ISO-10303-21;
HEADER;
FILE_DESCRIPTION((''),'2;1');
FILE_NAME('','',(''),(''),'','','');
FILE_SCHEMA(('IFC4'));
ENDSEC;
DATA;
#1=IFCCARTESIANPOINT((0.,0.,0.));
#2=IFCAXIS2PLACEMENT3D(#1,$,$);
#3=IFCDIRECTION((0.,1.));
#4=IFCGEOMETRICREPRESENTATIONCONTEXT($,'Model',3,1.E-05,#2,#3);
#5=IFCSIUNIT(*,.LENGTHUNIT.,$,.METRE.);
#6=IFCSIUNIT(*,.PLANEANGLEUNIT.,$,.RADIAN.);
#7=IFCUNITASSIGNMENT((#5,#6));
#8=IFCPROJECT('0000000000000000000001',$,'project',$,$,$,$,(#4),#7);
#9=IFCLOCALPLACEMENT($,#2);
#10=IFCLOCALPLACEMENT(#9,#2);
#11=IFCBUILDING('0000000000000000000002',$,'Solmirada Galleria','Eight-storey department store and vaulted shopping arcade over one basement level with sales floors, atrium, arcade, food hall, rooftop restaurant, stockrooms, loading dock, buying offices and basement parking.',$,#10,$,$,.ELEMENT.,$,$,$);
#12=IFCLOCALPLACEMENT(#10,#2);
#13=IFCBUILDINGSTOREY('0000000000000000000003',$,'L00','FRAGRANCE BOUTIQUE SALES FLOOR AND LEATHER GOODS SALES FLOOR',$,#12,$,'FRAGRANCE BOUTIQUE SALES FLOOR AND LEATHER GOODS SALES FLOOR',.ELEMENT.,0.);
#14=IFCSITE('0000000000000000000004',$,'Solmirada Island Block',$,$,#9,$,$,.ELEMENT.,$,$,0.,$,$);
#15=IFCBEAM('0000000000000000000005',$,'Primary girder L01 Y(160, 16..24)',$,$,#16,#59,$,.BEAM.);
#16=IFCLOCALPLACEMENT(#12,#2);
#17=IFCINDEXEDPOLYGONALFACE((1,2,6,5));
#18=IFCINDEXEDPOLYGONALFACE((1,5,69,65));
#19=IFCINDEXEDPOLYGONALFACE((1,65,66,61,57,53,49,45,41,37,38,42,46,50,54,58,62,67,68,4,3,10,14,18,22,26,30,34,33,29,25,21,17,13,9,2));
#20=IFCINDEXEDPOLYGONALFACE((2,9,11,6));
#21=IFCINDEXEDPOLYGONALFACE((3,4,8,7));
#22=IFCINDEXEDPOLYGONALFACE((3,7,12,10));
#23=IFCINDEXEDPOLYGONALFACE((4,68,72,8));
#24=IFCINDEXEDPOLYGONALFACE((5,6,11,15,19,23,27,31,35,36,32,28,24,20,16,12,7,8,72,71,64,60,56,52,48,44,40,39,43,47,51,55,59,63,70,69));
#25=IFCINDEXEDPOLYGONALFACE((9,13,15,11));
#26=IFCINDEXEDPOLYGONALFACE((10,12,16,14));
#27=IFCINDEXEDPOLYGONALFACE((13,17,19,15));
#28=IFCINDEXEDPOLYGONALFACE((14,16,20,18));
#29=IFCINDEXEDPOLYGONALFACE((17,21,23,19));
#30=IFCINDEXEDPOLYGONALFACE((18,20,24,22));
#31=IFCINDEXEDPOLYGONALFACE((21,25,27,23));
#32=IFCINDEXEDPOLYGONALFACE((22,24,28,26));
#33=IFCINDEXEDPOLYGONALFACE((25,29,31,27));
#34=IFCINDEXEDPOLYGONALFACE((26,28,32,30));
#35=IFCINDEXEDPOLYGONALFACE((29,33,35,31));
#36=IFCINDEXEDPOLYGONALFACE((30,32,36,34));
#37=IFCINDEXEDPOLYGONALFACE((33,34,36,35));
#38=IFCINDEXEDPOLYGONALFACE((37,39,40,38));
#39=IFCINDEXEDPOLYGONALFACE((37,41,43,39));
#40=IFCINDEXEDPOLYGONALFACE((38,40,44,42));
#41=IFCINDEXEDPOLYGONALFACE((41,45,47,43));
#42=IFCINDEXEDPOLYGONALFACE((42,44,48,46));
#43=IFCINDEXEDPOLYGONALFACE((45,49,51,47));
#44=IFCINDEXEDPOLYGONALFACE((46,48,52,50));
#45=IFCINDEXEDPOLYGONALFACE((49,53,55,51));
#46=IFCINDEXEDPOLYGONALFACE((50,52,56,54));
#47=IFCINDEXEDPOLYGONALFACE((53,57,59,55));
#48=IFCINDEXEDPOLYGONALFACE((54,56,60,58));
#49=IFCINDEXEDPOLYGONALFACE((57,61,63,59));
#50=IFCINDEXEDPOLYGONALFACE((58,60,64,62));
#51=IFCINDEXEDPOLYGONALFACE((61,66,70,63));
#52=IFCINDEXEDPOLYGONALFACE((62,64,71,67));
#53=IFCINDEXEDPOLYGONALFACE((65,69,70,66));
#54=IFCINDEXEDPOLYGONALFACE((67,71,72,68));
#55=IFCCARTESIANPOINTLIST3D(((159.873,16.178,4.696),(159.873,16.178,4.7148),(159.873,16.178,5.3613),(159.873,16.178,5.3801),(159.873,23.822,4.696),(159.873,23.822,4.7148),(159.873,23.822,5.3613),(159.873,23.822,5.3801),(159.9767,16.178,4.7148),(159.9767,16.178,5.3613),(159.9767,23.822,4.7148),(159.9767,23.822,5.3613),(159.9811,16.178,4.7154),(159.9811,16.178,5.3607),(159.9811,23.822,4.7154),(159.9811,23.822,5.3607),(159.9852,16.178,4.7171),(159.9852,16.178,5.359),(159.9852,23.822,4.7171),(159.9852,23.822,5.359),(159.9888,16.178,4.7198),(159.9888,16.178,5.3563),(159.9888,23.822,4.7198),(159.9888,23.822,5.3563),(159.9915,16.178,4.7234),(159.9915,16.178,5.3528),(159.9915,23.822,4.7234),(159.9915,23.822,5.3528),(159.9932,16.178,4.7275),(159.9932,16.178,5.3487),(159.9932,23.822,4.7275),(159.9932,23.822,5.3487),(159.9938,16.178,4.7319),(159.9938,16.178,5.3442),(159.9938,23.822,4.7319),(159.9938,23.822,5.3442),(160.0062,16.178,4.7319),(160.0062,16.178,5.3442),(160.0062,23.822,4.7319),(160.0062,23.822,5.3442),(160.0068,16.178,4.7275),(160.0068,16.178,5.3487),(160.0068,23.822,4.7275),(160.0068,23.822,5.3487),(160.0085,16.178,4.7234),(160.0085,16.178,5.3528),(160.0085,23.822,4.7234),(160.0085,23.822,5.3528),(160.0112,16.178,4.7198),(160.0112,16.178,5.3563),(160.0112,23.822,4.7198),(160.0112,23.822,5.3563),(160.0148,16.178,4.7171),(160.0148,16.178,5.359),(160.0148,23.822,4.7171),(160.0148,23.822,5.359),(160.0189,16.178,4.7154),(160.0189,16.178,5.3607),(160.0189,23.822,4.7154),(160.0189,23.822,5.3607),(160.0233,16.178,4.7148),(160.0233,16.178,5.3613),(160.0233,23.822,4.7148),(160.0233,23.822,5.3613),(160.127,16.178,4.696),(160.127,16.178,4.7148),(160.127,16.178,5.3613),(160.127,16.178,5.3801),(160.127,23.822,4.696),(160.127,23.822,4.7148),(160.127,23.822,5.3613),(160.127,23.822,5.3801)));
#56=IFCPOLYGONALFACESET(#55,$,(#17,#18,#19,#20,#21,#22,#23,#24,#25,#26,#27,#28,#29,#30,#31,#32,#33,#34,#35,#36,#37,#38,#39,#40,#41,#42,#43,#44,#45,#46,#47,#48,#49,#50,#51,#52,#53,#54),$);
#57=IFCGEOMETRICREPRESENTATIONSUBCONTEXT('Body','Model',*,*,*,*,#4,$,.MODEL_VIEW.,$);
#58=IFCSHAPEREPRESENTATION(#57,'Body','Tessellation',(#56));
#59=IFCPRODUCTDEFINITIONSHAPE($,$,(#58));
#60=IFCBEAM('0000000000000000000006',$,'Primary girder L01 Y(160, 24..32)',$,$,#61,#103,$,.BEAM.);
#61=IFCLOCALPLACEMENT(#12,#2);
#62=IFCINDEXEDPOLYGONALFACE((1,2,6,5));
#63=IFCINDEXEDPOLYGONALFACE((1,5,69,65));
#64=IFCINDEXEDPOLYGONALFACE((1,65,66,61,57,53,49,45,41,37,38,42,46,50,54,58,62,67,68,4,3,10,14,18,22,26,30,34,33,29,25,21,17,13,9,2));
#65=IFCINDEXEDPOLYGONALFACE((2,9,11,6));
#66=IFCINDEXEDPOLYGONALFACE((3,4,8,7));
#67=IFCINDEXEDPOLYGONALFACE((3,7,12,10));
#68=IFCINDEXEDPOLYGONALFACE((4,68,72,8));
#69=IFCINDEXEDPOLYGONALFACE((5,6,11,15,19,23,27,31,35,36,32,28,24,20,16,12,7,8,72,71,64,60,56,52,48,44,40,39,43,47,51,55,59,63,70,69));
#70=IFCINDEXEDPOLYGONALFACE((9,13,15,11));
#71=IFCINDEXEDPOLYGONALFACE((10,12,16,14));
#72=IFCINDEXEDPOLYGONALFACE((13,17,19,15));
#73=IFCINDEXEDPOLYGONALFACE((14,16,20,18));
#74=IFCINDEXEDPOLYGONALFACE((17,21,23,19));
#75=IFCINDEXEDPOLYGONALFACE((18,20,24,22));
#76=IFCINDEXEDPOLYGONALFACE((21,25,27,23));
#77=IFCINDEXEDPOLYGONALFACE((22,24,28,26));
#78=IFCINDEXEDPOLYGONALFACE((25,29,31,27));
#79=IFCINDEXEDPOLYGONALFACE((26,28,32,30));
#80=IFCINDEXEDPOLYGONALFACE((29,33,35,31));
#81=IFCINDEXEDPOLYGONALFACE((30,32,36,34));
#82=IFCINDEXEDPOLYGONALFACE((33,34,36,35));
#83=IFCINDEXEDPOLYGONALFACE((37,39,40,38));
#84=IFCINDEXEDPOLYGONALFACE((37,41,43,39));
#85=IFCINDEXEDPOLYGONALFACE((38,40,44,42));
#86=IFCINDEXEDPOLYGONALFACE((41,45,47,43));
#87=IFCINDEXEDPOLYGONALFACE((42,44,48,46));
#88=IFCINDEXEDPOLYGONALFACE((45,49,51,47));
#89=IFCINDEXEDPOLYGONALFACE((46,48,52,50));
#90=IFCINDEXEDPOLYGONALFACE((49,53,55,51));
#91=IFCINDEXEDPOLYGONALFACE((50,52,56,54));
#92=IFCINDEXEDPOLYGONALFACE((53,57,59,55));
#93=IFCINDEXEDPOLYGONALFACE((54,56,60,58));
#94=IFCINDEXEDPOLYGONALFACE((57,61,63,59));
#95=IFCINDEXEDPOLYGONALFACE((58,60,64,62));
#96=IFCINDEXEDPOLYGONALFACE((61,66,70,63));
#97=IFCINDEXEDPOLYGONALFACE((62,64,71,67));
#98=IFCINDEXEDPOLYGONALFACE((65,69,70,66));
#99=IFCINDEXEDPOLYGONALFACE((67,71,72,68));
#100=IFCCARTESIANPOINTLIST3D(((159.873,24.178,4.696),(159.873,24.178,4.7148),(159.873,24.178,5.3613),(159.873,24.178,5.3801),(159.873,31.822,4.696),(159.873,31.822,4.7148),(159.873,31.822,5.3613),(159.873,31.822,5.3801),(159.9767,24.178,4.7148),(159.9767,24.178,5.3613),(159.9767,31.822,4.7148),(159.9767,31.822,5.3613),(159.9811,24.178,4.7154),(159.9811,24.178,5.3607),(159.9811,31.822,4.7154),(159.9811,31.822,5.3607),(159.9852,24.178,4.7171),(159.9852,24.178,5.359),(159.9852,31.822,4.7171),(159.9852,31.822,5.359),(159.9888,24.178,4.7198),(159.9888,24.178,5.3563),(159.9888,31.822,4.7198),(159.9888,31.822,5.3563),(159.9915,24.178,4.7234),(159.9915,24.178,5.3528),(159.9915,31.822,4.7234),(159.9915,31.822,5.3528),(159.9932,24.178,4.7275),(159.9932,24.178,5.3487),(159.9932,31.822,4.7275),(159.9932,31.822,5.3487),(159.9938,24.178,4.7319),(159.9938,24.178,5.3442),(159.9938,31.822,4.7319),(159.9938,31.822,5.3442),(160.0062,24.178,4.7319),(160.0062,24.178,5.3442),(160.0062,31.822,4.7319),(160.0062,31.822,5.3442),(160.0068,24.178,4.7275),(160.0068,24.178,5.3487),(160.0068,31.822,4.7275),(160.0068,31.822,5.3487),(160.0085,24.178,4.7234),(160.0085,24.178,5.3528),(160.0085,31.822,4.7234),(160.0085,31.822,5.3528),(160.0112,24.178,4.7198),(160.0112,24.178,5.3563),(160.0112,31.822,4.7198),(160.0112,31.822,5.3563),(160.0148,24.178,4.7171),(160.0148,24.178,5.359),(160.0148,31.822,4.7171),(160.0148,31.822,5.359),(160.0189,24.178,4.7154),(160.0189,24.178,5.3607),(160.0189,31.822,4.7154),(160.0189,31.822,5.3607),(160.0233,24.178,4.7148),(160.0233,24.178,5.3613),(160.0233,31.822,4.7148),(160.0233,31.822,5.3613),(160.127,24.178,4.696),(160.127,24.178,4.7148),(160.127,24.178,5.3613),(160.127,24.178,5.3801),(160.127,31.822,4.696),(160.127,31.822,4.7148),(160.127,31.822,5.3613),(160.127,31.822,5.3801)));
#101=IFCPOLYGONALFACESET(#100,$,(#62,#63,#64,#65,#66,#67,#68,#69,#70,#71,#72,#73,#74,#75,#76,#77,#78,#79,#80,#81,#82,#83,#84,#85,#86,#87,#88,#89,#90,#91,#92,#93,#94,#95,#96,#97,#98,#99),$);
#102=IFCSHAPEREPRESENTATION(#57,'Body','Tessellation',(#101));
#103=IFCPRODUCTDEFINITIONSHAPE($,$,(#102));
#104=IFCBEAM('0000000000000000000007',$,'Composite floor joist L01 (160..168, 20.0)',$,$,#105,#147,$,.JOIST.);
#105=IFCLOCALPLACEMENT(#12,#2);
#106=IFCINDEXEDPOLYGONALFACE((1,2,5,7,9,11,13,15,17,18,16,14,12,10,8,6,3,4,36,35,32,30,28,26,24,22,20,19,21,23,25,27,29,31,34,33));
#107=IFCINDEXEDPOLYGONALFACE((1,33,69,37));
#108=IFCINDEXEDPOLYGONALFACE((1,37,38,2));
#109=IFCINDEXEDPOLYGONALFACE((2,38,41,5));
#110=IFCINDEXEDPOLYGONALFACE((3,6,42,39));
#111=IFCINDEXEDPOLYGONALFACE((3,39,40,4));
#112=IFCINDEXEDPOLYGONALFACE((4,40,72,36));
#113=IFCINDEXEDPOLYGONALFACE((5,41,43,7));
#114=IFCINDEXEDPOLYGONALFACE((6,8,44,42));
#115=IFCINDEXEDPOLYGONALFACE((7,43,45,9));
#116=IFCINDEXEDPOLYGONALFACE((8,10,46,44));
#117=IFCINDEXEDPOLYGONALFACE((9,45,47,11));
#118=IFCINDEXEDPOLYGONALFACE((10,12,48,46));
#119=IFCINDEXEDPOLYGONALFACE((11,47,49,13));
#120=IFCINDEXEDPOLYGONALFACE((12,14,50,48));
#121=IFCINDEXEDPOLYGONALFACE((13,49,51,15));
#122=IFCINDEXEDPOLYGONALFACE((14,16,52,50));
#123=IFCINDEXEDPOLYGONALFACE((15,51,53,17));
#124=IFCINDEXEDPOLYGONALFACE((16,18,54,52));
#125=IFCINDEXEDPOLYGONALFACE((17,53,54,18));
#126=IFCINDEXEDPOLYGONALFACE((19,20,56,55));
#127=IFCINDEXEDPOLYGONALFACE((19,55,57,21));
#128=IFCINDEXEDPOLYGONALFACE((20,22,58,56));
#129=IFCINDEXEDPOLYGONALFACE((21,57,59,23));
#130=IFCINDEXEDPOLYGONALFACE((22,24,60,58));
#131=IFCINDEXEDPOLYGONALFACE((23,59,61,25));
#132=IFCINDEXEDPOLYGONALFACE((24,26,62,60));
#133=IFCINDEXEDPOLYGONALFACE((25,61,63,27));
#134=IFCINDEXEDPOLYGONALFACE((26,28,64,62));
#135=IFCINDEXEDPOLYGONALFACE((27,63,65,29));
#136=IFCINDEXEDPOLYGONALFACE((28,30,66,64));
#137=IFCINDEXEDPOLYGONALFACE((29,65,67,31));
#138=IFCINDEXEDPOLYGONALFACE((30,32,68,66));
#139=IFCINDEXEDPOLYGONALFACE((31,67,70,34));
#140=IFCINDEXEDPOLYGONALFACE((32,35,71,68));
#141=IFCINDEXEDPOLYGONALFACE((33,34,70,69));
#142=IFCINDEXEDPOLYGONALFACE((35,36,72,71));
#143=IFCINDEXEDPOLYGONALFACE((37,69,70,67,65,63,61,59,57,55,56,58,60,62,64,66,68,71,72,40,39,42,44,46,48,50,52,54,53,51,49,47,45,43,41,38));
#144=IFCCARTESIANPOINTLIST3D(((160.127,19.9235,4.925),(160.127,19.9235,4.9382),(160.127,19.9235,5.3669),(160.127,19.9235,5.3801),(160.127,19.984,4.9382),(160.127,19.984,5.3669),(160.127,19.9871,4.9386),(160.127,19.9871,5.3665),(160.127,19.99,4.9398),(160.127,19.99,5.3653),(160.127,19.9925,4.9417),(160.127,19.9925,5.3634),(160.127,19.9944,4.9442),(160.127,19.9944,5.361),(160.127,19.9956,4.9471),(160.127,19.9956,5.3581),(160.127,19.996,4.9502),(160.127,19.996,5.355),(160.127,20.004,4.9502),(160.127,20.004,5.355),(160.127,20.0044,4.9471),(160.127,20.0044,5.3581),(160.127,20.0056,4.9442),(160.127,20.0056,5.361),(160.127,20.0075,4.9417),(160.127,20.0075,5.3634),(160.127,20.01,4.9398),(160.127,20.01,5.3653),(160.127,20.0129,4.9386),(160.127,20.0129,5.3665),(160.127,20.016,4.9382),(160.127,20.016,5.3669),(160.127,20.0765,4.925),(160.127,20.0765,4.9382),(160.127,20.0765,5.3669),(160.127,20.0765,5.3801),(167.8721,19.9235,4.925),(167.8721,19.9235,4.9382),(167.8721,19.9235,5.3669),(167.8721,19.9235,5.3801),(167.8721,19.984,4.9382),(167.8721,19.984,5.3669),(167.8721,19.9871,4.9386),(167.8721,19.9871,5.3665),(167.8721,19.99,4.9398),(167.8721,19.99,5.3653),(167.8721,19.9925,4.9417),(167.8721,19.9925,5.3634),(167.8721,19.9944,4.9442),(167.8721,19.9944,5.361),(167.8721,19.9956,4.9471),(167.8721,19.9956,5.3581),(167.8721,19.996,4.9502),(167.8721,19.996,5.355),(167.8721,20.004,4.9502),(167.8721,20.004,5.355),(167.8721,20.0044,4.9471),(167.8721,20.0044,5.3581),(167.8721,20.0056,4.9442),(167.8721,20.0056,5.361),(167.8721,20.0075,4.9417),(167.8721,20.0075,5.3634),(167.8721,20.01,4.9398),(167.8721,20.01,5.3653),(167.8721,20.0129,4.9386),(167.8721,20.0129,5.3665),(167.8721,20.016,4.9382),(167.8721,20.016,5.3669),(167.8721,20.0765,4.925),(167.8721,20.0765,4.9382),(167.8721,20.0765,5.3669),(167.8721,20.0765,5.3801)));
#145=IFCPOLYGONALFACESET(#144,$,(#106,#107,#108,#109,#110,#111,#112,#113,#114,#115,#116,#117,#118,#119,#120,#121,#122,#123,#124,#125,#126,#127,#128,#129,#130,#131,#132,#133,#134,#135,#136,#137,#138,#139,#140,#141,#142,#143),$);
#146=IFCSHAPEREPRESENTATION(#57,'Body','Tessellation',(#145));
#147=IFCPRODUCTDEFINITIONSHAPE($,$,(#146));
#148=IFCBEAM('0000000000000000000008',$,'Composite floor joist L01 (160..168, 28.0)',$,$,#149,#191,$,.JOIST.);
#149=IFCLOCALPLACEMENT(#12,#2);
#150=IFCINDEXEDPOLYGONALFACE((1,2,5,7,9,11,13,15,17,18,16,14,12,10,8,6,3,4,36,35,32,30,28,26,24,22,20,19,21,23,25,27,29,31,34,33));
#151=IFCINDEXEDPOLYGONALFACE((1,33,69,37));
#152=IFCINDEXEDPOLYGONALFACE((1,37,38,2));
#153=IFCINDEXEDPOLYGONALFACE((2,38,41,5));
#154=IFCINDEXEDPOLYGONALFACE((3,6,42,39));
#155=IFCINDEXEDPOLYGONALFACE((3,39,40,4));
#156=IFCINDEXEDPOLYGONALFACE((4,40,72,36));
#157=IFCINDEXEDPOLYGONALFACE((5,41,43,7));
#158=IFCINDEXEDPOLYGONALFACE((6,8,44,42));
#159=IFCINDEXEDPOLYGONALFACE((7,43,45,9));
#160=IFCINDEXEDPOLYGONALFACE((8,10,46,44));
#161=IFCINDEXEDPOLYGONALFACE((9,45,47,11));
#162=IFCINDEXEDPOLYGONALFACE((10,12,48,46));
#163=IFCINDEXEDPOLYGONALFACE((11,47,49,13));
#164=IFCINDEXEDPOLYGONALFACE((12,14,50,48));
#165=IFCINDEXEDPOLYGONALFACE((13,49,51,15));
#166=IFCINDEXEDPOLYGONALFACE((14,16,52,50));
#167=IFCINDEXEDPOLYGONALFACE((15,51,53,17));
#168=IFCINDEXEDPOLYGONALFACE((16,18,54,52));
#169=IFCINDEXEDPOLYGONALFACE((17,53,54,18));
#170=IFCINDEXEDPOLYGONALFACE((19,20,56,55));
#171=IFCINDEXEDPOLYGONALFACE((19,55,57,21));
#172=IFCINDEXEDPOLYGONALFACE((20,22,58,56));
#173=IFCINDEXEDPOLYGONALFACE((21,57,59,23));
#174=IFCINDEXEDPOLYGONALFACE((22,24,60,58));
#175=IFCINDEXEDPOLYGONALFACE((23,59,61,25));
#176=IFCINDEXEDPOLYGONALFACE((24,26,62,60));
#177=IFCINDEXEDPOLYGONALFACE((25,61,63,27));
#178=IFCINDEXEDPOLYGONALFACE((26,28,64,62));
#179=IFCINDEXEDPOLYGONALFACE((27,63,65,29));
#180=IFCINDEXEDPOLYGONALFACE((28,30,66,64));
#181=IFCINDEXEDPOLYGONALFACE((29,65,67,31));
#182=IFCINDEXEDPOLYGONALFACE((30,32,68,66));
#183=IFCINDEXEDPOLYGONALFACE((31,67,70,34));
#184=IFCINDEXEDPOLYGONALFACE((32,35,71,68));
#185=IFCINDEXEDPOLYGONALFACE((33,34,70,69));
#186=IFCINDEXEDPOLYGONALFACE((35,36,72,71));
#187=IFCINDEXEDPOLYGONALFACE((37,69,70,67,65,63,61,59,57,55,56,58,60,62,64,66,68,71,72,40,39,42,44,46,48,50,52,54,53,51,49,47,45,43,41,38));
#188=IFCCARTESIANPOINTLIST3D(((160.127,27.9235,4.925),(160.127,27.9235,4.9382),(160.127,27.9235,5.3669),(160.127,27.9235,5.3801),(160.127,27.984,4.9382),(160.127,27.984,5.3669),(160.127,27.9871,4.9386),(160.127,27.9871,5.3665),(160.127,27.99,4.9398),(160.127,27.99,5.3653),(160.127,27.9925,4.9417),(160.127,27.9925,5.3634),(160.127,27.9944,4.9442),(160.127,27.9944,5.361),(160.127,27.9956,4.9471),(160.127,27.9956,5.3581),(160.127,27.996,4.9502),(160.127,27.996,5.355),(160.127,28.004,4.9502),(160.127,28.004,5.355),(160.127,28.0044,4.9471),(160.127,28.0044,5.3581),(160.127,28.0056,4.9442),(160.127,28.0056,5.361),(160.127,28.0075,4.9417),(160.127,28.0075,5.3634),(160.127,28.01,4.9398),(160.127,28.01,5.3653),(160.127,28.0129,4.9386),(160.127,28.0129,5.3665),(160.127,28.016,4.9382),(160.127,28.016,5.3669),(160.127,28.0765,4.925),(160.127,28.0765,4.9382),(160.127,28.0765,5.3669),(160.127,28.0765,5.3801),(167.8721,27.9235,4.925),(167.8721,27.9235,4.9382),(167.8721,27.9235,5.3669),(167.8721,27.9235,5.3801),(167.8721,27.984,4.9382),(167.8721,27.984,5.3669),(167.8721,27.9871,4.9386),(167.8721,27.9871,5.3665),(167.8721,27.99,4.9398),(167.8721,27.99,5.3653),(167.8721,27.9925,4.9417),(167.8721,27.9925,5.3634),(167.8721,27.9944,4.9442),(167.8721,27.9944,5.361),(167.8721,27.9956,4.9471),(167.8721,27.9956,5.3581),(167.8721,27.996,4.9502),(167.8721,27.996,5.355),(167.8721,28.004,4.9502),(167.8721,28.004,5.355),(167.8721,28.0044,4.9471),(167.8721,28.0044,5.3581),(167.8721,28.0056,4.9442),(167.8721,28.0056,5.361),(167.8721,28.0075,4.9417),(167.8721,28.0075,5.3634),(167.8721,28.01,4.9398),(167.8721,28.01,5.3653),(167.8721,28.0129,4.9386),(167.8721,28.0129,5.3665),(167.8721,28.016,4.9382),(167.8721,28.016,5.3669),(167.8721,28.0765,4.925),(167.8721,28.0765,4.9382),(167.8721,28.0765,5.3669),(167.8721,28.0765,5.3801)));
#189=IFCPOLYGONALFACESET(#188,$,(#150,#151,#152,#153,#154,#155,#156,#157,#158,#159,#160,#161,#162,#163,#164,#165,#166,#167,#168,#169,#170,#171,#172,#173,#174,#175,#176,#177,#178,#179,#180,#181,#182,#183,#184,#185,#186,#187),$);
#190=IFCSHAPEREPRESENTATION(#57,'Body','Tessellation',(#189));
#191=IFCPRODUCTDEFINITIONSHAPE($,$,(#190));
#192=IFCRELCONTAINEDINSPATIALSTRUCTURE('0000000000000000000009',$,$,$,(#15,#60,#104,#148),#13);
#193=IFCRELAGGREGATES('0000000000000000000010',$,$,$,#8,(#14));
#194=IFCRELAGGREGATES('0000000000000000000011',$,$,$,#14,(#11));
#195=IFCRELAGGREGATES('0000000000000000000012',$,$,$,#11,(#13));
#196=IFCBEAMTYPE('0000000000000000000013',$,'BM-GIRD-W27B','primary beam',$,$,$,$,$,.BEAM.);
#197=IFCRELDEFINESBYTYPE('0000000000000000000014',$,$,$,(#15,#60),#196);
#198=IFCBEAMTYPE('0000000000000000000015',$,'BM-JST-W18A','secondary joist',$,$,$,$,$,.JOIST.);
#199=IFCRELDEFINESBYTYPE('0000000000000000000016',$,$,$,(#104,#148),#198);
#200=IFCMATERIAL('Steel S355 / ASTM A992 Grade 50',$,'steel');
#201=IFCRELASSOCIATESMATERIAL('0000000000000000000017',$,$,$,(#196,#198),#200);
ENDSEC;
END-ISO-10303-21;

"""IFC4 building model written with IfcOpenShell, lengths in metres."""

from ifc_helpers import new_model, si_unit, direction, frame, origin, origin_2d, place, context, subcontext, project, spatial, i_section, extrude, material, material_profile, profile_set, type_object, element, save


model = new_model("IFC4")

# Units and contexts
model_context = context("Model", 3, precision=1e-05, world=origin(), true_north=direction((0.0, 1.0)))
body_context = subcontext(model_context, "Body", "Model", "MODEL_VIEW")
ifc_project = project(units=[si_unit("LENGTHUNIT", "METRE"), si_unit("PLANEANGLEUNIT", "RADIAN")], contexts=[model_context])

# Site, building, storey
site_placement = place(None, origin())
site = spatial("IfcSite", under=ifc_project, at=site_placement, Name="Solmirada Island Block", CompositionType="ELEMENT", RefElevation=0.0)
building_placement = place(site_placement, origin())
building = spatial("IfcBuilding", under=site, at=building_placement, Name="Solmirada Galleria", Description="Eight-storey department store and vaulted shopping arcade over one basement level with sales floors, atrium, arcade, food hall, rooftop restaurant, stockrooms, loading dock, buying offices and basement parking.", CompositionType="ELEMENT")
storey_placement = place(building_placement, origin())
storey = spatial("IfcBuildingStorey", under=building, at=storey_placement, Name="L00", Description="FRAGRANCE BOUTIQUE SALES FLOOR AND LEATHER GOODS SALES FLOOR", LongName="FRAGRANCE BOUTIQUE SALES FLOOR AND LEATHER GOODS SALES FLOOR", CompositionType="ELEMENT", Elevation=0.0)

# Beams
ifc_material_1 = material(Name="Steel S355 / ASTM A992 Grade 50", Category="steel")
ifc_material_profile_1 = material_profile(ifc_material_1, i_section(OverallWidth=0.2539, OverallDepth=0.6841, WebThickness=0.0125, FlangeThickness=0.0188, FilletRadius=0.0171, at=origin_2d()), Name="W27X94")
ifc_profile_set_1 = profile_set([ifc_material_profile_1], Name="Steel S355 / ASTM A992 Grade 50")
beam_type_1 = type_object("IfcBeamType", Name="BM-GIRD-W27B", Description="primary beam", PredefinedType="BEAM", material=ifc_profile_set_1)
for number, where, z_axis, x_axis, name in (
    (1, (160.0, 16.178, 5.0381), (0.0, 1.0, 0.0), (-1.0, 0.0, 0.0), "Primary girder L01 Y(160, 16..24)"),
    (2, (160.0, 24.178, 5.0381), (0.0, 1.0, 0.0), (-1.0, 0.0, 0.0), "Primary girder L01 Y(160, 24..32)"),
):
    element("IfcBeam", number, at=place(storey_placement, frame(where, z_axis=z_axis, x_axis=x_axis)), inside=storey, type_object=beam_type_1, Name=name, PredefinedType="BEAM", context=body_context, shape_type="SweptSolid", body=[
        extrude(i_section(OverallWidth=0.2539, OverallDepth=0.6841, WebThickness=0.0125, FlangeThickness=0.0188, FilletRadius=0.0171, at=origin_2d()), origin(), (0.0, 0.0, 1.0), 7.644),
    ])
ifc_material_profile_2 = material_profile(ifc_material_1, i_section(OverallWidth=0.1531, OverallDepth=0.4551, WebThickness=0.0081, FlangeThickness=0.0132, FilletRadius=0.012, at=origin_2d()), Name="W18X40")
ifc_profile_set_2 = profile_set([ifc_material_profile_2], Name="Steel S355 / ASTM A992 Grade 50")
beam_type_2 = type_object("IfcBeamType", Name="BM-JST-W18A", Description="secondary joist", PredefinedType="JOIST", material=ifc_profile_set_2)
for number, where, z_axis, x_axis, name in (
    (3, (160.127, 20.0, 5.1526), (1.0, 0.0, 0.0), (0.0, 1.0, 0.0), "Composite floor joist L01 (160..168, 20.0)"),
    (4, (160.127, 28.0, 5.1526), (1.0, 0.0, 0.0), (0.0, 1.0, 0.0), "Composite floor joist L01 (160..168, 28.0)"),
):
    element("IfcBeam", number, at=place(storey_placement, frame(where, z_axis=z_axis, x_axis=x_axis)), inside=storey, type_object=beam_type_2, Name=name, PredefinedType="JOIST", context=body_context, shape_type="SweptSolid", body=[
        extrude(i_section(OverallWidth=0.1531, OverallDepth=0.4551, WebThickness=0.0081, FlangeThickness=0.0132, FilletRadius=0.012, at=origin_2d()), origin(), (0.0, 0.0, 1.0), 7.7451),
    ])

save(model, "model.ifc")
